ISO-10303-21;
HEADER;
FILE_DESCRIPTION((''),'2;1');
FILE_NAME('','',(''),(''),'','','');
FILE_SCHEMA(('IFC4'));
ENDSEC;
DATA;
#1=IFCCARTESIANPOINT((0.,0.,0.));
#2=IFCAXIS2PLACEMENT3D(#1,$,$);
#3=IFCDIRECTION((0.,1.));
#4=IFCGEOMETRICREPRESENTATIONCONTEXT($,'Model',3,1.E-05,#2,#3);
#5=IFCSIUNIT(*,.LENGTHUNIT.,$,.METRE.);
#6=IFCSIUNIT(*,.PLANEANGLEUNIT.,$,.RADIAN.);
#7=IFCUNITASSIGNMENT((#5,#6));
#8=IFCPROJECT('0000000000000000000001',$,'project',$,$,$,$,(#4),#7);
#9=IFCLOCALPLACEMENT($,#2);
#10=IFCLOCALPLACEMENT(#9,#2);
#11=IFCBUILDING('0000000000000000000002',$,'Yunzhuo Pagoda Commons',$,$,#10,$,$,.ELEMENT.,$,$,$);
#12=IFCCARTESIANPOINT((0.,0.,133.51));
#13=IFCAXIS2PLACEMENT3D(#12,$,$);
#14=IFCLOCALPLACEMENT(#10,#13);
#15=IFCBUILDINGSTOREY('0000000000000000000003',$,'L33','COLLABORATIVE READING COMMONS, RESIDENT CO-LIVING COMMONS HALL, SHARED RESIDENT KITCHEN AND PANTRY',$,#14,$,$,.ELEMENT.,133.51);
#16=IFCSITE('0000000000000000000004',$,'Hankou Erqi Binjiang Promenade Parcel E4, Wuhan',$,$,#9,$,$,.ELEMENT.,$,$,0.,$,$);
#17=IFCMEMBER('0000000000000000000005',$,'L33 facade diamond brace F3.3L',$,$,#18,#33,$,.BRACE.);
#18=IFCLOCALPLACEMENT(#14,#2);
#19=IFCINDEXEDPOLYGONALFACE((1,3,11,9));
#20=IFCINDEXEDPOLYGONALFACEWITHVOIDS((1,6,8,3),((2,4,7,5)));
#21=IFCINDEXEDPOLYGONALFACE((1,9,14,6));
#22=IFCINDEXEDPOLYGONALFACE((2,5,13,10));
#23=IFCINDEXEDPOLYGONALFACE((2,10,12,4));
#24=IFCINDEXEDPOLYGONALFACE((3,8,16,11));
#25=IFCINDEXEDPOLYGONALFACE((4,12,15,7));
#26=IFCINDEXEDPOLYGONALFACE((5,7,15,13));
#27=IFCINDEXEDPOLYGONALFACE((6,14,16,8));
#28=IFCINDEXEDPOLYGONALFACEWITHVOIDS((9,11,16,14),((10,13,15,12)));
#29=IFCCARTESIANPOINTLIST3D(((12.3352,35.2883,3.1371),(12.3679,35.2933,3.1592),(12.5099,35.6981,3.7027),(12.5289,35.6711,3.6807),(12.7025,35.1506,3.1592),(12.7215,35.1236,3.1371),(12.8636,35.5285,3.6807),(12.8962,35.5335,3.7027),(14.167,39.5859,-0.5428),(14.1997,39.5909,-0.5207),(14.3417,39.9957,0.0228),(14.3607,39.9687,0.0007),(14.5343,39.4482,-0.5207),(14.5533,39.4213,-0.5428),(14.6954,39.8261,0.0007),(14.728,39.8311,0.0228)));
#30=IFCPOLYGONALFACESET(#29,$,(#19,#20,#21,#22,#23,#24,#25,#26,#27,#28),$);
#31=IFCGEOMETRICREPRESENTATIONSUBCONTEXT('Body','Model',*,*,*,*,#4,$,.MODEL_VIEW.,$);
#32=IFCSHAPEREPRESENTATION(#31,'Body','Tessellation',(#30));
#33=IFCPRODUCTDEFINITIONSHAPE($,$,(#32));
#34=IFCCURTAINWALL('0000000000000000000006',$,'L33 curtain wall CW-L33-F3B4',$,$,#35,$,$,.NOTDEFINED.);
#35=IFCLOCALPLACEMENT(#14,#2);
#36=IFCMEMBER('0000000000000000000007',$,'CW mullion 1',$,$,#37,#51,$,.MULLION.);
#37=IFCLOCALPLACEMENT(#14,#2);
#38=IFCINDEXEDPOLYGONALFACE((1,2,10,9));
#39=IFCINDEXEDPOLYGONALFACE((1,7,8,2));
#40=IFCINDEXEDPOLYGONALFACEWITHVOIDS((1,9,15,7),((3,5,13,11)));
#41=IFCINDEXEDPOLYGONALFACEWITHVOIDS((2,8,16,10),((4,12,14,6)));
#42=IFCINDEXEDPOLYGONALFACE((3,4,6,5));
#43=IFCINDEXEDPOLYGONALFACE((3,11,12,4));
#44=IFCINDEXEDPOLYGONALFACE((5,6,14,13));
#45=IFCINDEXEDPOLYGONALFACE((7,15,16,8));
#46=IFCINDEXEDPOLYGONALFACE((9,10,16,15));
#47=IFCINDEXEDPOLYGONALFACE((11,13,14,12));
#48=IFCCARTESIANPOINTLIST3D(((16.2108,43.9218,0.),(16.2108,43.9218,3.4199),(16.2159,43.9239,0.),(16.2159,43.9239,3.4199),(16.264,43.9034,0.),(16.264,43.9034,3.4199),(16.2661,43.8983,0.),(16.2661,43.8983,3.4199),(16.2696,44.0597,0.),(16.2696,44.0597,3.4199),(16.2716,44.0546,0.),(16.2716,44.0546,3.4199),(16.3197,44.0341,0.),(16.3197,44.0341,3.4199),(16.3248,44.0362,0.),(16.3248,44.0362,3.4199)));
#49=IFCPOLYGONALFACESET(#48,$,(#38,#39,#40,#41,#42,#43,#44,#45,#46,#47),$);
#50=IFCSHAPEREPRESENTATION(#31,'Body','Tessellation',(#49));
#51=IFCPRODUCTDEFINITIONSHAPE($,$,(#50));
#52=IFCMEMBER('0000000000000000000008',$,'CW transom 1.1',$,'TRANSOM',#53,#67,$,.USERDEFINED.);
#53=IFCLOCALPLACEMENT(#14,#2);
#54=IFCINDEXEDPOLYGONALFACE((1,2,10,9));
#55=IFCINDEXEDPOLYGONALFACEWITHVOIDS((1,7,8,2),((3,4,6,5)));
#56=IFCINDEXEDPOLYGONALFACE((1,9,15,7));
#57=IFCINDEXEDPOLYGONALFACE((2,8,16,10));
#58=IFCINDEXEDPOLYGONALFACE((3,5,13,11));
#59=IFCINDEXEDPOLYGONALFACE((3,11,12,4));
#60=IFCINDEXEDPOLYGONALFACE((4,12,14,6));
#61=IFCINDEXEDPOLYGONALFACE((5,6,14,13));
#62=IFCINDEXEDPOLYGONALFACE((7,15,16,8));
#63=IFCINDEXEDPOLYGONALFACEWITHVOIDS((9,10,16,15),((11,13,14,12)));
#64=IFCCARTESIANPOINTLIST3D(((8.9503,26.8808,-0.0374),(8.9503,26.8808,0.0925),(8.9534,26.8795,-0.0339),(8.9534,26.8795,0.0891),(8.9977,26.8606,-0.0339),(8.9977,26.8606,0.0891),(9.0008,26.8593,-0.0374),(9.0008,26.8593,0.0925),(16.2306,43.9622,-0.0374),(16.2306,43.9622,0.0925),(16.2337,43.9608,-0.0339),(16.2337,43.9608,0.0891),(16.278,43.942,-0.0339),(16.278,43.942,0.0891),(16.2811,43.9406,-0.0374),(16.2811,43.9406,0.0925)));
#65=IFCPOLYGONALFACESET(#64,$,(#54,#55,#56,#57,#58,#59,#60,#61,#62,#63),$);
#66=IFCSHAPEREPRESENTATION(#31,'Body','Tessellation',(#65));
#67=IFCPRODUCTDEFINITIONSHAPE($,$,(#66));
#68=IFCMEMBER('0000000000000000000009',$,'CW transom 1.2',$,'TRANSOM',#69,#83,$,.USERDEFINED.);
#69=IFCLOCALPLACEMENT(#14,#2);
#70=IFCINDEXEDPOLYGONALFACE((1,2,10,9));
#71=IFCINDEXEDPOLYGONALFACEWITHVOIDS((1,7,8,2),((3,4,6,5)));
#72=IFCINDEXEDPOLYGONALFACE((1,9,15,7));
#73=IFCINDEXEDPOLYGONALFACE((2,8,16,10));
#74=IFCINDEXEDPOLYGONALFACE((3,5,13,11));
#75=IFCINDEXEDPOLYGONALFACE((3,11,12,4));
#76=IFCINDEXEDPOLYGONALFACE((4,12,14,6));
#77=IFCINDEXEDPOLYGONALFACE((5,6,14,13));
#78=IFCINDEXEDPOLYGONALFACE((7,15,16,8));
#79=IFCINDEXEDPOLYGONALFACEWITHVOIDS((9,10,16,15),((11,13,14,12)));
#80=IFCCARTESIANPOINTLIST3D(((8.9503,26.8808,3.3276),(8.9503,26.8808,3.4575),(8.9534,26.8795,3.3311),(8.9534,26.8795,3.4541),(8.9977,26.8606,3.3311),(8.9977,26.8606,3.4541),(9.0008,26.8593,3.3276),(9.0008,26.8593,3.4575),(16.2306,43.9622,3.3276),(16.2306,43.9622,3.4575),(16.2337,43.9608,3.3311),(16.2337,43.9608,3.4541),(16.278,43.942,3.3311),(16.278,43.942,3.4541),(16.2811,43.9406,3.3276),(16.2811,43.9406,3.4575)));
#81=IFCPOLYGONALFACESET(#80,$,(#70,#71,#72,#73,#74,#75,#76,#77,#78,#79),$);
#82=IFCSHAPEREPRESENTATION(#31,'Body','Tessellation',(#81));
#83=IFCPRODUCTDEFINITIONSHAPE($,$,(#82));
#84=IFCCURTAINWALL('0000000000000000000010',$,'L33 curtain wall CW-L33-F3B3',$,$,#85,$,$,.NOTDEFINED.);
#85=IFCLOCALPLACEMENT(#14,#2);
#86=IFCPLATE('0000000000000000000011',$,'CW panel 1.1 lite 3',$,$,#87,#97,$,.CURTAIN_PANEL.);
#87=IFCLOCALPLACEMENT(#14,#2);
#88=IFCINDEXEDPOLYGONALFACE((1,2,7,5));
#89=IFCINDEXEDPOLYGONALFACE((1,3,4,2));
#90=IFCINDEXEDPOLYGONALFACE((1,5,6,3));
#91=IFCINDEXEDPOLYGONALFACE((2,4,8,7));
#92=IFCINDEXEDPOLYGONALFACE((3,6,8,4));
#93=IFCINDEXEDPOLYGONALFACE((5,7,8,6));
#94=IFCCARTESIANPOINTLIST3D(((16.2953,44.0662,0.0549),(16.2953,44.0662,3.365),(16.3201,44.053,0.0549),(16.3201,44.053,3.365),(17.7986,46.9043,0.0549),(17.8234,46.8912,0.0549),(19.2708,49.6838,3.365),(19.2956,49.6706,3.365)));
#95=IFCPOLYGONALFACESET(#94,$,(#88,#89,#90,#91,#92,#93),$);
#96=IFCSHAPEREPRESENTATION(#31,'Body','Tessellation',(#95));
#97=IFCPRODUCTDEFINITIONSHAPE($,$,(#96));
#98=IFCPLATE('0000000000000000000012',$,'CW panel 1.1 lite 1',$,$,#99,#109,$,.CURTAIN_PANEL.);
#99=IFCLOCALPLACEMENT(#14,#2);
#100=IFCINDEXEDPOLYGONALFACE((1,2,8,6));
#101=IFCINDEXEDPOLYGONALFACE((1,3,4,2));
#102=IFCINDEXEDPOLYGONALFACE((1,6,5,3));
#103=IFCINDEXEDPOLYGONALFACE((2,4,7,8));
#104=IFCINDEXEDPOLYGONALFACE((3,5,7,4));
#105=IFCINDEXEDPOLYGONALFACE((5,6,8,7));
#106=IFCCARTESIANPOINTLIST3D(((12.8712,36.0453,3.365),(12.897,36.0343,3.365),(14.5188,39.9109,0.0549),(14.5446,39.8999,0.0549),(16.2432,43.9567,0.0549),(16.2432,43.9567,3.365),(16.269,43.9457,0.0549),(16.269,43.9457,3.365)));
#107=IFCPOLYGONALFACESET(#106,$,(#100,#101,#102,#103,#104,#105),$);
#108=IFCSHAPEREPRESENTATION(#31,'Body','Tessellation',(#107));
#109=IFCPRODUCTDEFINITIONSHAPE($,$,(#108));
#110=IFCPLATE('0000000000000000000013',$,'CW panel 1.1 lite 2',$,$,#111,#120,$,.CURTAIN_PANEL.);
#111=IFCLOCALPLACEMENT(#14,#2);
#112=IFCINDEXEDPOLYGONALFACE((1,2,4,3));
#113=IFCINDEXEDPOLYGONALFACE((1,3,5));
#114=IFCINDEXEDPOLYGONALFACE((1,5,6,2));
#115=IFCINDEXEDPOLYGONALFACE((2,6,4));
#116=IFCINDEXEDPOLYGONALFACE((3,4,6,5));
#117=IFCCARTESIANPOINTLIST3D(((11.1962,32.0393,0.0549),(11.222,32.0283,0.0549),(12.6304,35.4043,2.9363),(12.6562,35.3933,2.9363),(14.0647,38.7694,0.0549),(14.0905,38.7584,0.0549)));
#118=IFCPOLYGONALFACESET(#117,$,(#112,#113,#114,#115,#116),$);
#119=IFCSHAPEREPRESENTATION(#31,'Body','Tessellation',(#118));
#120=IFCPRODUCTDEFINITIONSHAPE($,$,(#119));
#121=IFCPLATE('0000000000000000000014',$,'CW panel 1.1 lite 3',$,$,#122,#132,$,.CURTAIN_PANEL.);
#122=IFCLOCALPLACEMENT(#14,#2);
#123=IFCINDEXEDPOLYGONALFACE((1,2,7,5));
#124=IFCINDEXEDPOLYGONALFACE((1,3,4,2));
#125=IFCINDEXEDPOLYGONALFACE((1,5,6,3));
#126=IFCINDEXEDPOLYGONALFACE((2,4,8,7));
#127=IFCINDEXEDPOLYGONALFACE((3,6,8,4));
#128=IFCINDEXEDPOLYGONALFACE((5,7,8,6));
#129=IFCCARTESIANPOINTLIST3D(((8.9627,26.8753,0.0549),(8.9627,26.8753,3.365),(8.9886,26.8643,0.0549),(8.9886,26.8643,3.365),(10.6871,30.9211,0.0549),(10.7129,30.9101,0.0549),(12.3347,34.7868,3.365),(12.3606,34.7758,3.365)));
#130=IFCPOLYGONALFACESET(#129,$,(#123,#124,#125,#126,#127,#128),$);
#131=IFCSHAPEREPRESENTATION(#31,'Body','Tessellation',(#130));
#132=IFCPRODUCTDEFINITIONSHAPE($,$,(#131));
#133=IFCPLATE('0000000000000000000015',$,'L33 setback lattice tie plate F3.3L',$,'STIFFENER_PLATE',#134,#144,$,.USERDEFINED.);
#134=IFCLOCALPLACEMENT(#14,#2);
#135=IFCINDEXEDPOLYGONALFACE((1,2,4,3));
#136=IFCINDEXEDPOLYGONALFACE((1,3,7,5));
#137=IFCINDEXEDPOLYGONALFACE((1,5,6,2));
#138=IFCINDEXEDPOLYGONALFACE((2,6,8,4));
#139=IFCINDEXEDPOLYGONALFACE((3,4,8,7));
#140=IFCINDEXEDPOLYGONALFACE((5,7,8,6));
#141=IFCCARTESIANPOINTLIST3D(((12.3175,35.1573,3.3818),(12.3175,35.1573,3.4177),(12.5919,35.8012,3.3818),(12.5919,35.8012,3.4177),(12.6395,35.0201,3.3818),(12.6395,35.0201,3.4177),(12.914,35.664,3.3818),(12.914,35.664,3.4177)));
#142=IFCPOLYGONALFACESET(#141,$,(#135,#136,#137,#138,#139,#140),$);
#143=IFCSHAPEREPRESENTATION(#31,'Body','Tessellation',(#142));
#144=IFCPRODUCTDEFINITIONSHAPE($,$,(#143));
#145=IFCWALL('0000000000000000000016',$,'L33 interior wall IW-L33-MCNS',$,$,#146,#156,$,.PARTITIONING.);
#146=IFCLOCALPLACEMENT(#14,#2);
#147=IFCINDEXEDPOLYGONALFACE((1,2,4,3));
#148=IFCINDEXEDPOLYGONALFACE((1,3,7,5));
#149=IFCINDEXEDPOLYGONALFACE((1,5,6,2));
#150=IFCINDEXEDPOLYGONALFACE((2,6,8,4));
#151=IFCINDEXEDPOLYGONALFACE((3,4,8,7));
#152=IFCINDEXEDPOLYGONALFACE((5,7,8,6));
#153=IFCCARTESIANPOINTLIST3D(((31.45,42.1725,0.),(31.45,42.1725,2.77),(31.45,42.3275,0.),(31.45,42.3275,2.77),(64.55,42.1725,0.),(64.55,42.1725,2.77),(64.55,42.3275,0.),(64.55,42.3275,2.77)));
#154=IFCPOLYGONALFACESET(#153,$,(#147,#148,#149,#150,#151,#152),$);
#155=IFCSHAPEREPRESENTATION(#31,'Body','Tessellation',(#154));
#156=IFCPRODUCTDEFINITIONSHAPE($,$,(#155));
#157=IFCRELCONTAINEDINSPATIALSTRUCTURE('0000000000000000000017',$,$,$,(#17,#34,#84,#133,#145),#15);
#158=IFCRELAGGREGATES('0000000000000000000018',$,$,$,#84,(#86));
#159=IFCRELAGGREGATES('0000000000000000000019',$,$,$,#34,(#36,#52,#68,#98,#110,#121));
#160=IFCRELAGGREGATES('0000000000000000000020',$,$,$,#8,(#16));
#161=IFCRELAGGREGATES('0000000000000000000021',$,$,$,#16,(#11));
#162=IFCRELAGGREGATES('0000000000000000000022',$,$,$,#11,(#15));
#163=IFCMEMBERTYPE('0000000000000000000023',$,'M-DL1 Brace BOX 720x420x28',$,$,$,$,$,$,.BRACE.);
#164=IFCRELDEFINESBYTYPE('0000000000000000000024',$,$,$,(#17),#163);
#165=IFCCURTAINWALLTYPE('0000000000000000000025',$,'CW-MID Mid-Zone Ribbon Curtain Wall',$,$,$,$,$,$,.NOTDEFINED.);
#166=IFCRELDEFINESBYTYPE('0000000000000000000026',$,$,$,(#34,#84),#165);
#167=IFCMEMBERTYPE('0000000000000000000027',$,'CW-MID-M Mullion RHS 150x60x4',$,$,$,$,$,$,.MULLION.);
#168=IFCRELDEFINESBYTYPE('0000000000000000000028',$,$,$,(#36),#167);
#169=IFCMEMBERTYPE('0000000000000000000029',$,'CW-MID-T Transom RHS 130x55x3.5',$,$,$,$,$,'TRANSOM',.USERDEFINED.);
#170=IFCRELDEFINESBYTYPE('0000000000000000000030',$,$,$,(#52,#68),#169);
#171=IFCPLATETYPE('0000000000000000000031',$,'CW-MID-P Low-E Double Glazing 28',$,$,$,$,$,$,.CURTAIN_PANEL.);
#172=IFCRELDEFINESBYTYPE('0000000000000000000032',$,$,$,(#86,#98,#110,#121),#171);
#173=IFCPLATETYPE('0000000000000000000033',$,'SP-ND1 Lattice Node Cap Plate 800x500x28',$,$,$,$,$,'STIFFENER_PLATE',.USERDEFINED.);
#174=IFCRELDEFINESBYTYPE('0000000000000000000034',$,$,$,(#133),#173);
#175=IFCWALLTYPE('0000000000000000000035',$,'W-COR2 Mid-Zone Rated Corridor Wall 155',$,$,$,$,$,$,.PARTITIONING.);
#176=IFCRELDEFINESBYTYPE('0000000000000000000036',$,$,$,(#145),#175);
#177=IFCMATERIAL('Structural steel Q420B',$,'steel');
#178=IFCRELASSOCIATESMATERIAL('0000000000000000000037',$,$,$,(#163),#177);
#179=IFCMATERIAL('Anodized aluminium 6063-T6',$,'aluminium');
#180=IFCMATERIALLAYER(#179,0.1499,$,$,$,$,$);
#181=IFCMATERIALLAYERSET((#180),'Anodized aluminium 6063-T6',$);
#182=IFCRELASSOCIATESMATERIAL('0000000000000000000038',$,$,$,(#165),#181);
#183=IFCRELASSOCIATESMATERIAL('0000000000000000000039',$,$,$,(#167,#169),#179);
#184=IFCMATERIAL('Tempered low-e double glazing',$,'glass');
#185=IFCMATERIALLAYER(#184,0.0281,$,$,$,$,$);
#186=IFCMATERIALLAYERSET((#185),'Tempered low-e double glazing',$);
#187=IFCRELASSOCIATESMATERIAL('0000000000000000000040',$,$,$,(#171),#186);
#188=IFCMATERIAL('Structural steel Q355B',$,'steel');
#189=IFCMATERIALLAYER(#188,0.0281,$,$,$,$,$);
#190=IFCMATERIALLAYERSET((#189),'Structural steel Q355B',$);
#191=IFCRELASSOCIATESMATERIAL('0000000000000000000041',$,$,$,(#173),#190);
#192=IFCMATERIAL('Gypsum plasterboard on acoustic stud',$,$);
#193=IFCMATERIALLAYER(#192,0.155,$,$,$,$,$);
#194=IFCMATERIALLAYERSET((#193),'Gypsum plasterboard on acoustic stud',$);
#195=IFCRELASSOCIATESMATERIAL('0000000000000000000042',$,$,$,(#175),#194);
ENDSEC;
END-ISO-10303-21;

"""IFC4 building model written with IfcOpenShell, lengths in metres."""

from ifc_helpers import new_model, si_unit, direction, frame, frame_2d, origin, origin_2d, place, context, subcontext, project, spatial, polyline, rectangle, hollow_rectangle, outline, extrude, source, transform, mapped, material, layer, layer_set, material_profile, profile_set, type_object, element, aggregate, save


model = new_model("IFC4")

# Units and contexts
model_context = context("Model", 3, precision=1e-05, world=origin(), true_north=direction((0.0, 1.0)))
body_context = subcontext(model_context, "Body", "Model", "MODEL_VIEW")
ifc_project = project(units=[si_unit("LENGTHUNIT", "METRE"), si_unit("PLANEANGLEUNIT", "RADIAN")], contexts=[model_context])

# Site, building, storey
site_placement = place(None, origin())
site = spatial("IfcSite", under=ifc_project, at=site_placement, Name="Hankou Erqi Binjiang Promenade Parcel E4, Wuhan", CompositionType="ELEMENT", RefElevation=0.0)
building_placement = place(site_placement, origin())
building = spatial("IfcBuilding", under=site, at=building_placement, Name="Yunzhuo Pagoda Commons", CompositionType="ELEMENT")
storey_placement = place(building_placement, frame((0.0, 0.0, 133.51)))
storey = spatial("IfcBuildingStorey", under=building, at=storey_placement, Name="L33", Description="COLLABORATIVE READING COMMONS, RESIDENT CO-LIVING COMMONS HALL, SHARED RESIDENT KITCHEN AND PANTRY", CompositionType="ELEMENT", Elevation=133.51)

# Shared definitions
ifc_material_1 = material(Name="Structural steel Q420B", Category="steel")

# Shared definitions
ifc_material_2 = material(Name="Structural steel Q355B", Category="steel")

# Member
ifc_material_profile_1 = material_profile(ifc_material_1, hollow_rectangle(XDim=0.4199, YDim=0.72, WallThickness=0.0281, at=origin_2d()), Name="Structural steel Q420B")
ifc_profile_set_1 = profile_set([ifc_material_profile_1], Name="Structural steel Q420B")
member_type_1 = type_object("IfcMemberType", Name="M-DL1 Brace BOX 720x420x28", PredefinedType="BRACE", material=ifc_profile_set_1)
shared_shape_1 = source(origin(), body_context, "Body", "SweptSolid", [
    extrude(hollow_rectangle(XDim=0.4199, YDim=0.72, WallThickness=0.0281, at=origin_2d()), origin(), (0.0, 0.0, 1.0), 5.947),
])
member_1_placement = place(storey_placement, frame((14.4475, 39.7085, -0.26), z_axis=(-0.308019, -0.722652, 0.618788), x_axis=(0.919922, -0.392102, 0.0)))
element("IfcMember", 1, at=member_1_placement, inside=storey, type_object=member_type_1, Name="L33 facade diamond brace F3.3L", PredefinedType="BRACE", context=body_context, shape_type="MappedRepresentation", body=[
    mapped(shared_shape_1, transform((0.0, 0.0, 0.0), scale=1.0)),
])

# Curtain wall, members
ifc_material_3 = material(Name="Anodized aluminium 6063-T6", Category="aluminium")
ifc_layer_1 = layer(ifc_material_3, 0.1499)
ifc_layer_set_1 = layer_set([ifc_layer_1], Name="Anodized aluminium 6063-T6")
curtain_wall_type = type_object("IfcCurtainWallType", Name="CW-MID Mid-Zone Ribbon Curtain Wall", PredefinedType="NOTDEFINED", material=ifc_layer_set_1)
curtain_wall_1_placement = place(storey_placement, origin())
curtain_wall_1 = element("IfcCurtainWall", 2, at=curtain_wall_1_placement, inside=storey, type_object=curtain_wall_type, Name="L33 curtain wall CW-L33-F3B4", PredefinedType="NOTDEFINED")
ifc_material_profile_2 = material_profile(ifc_material_3, hollow_rectangle(XDim=0.0601, YDim=0.1499, WallThickness=0.0039, at=origin_2d()), Name="Anodized aluminium 6063-T6")
ifc_profile_set_2 = profile_set([ifc_material_profile_2], Name="Anodized aluminium 6063-T6")
member_type_2 = type_object("IfcMemberType", Name="CW-MID-M Mullion RHS 150x60x4", PredefinedType="MULLION", material=ifc_profile_set_2)
shared_shape_2 = source(origin(), body_context, "Body", "SweptSolid", [
    extrude(hollow_rectangle(XDim=0.0601, YDim=0.1499, WallThickness=0.0039, at=origin_2d()), origin(), (0.0, 0.0, 1.0), 3.4199),
])
member_2_placement = place(storey_placement, frame((16.2678, 43.979, 0.0), z_axis=(0.0, 0.0, 1.0), x_axis=(0.919928, -0.392087, 0.0)))
member_2 = element("IfcMember", 3, at=member_2_placement, type_object=member_type_2, Name="CW mullion 1", PredefinedType="MULLION", context=body_context, shape_type="MappedRepresentation", body=[
    mapped(shared_shape_2, transform((0.0, 0.0, 0.0), scale=1.0)),
])
ifc_material_profile_3 = material_profile(ifc_material_3, hollow_rectangle(XDim=0.0549, YDim=0.1299, WallThickness=0.0034, at=origin_2d()), Name="Anodized aluminium 6063-T6")
ifc_profile_set_3 = profile_set([ifc_material_profile_3], Name="Anodized aluminium 6063-T6")
member_type_3 = type_object("IfcMemberType", Name="CW-MID-T Transom RHS 130x55x3.5", ElementType="TRANSOM", PredefinedType="USERDEFINED", material=ifc_profile_set_3)
shared_shape_3 = source(origin(), body_context, "Body", "SweptSolid", [
    extrude(hollow_rectangle(XDim=0.0549, YDim=0.1299, WallThickness=0.0034, at=origin_2d()), origin(), (0.0, 0.0, 1.0), 18.5681),
])
member_3_placement = place(storey_placement, frame((16.2559, 43.9514, 0.0276), z_axis=(-0.392086, -0.919929, 0.0), x_axis=(0.919929, -0.392086, 0.0)))
member_3 = element("IfcMember", 4, at=member_3_placement, type_object=member_type_3, Name="CW transom 1.1", ObjectType="TRANSOM", PredefinedType="USERDEFINED", context=body_context, shape_type="MappedRepresentation", body=[
    mapped(shared_shape_3, transform((0.0, 0.0, 0.0), scale=1.0)),
])
member_4_placement = place(storey_placement, frame((16.2559, 43.9514, 3.3926), z_axis=(-0.392086, -0.919929, 0.0), x_axis=(0.919929, -0.392086, 0.0)))
member_4 = element("IfcMember", 5, at=member_4_placement, type_object=member_type_3, Name="CW transom 1.2", ObjectType="TRANSOM", PredefinedType="USERDEFINED", context=body_context, shape_type="MappedRepresentation", body=[
    mapped(shared_shape_3, transform((0.0, 0.0, 0.0), scale=1.0)),
])

# Curtain wall, plate
curtain_wall_2_placement = place(storey_placement, origin())
curtain_wall_2 = element("IfcCurtainWall", 6, at=curtain_wall_2_placement, inside=storey, type_object=curtain_wall_type, Name="L33 curtain wall CW-L33-F3B3", PredefinedType="NOTDEFINED")
ifc_material_4 = material(Name="Tempered low-e double glazing", Category="glass")
ifc_layer_2 = layer(ifc_material_4, 0.0281)
ifc_layer_set_2 = layer_set([ifc_layer_2], Name="Tempered low-e double glazing")
plate_type_1 = type_object("IfcPlateType", Name="CW-MID-P Low-E Double Glazing 28", PredefinedType="CURTAIN_PANEL", material=ifc_layer_set_2)
plate_1_placement = place(storey_placement, frame((17.8079, 46.8618, 1.71), z_axis=(-0.883694, 0.468065, 0.0), x_axis=(-0.468065, -0.883694, 0.0)))
plate_1 = element("IfcPlate", 7, at=plate_1_placement, type_object=plate_type_1, Name="CW panel 1.1 lite 3", PredefinedType="CURTAIN_PANEL", context=body_context, shape_type="SweptSolid", body=[
    extrude(outline(polyline([(-3.1785, 1.655), (-0.0332, -1.655), (3.1785, -1.655), (3.1785, 1.655), (-3.1785, 1.655)])), origin(), (0.0, 0.0, 1.0), 0.0281),
])
aggregate(curtain_wall_2, [plate_1])

# Plates
plate_2_placement = place(storey_placement, frame((14.583, 39.99, 1.71), z_axis=(-0.919928, 0.392087, 0.0), x_axis=(-0.392087, -0.919928, 0.0)))
plate_2 = element("IfcPlate", 8, at=plate_2_placement, type_object=plate_type_1, Name="CW panel 1.1 lite 1", PredefinedType="CURTAIN_PANEL", context=body_context, shape_type="SweptSolid", body=[
    extrude(outline(polyline([(-4.3, -1.655), (0.0979, -1.655), (4.3, 1.655), (-4.3, 1.655), (-4.3, -1.655)])), origin(), (0.0, 0.0, 1.0), 0.0281),
])
plate_3_placement = place(storey_placement, frame((12.6562, 35.3933, 1.4956), z_axis=(-0.919928, 0.392087, 0.0), x_axis=(-0.392087, -0.919928, 0.0)))
plate_3 = element("IfcPlate", 9, at=plate_3_placement, type_object=plate_type_1, Name="CW panel 1.1 lite 2", PredefinedType="CURTAIN_PANEL", context=body_context, shape_type="SweptSolid", body=[
    extrude(outline(polyline([(-3.658, -1.4407), (3.658, -1.4407), (0.0, 1.4407), (-3.658, -1.4407)])), origin(), (0.0, 0.0, 1.0), 0.0281),
])
plate_4_placement = place(storey_placement, frame((10.6746, 30.8201, 1.71), z_axis=(-0.919928, 0.392087, 0.0), x_axis=(-0.392087, -0.919928, 0.0)))
plate_4 = element("IfcPlate", 10, at=plate_4_placement, type_object=plate_type_1, Name="CW panel 1.1 lite 3", PredefinedType="CURTAIN_PANEL", context=body_context, shape_type="SweptSolid", body=[
    extrude(outline(polyline([(-4.3, 1.655), (-0.0979, -1.655), (4.3, -1.655), (4.3, 1.655), (-4.3, 1.655)])), origin(), (0.0, 0.0, 1.0), 0.0281),
])
aggregate(curtain_wall_1, [member_2, member_3, member_4, plate_2, plate_3, plate_4])
ifc_layer_3 = layer(ifc_material_2, 0.0281)
ifc_layer_set_3 = layer_set([ifc_layer_3], Name="Structural steel Q355B")
plate_type_2 = type_object("IfcPlateType", Name="SP-ND1 Lattice Node Cap Plate 800x500x28", ElementType="STIFFENER_PLATE", PredefinedType="USERDEFINED", material=ifc_layer_set_3)
shared_shape_4 = source(origin(), body_context, "Body", "SweptSolid", [
    extrude(rectangle(XDim=0.7, YDim=0.3501, at=origin_2d()), origin(), (0.0, 0.0, 1.0), 0.0359),
])
plate_5_placement = place(storey_placement, frame((12.6157, 35.4106, 3.3818), z_axis=(0.0, 0.0, 1.0), x_axis=(-0.39208, -0.919931, 0.0)))
element("IfcPlate", 11, at=plate_5_placement, inside=storey, type_object=plate_type_2, Name="L33 setback lattice tie plate F3.3L", ObjectType="STIFFENER_PLATE", PredefinedType="USERDEFINED", context=body_context, shape_type="MappedRepresentation", body=[
    mapped(shared_shape_4, transform((0.0, 0.0, 0.0), scale=1.0)),
])

# Wall
ifc_material_5 = material(Name="Gypsum plasterboard on acoustic stud")
ifc_layer_4 = layer(ifc_material_5, 0.155)
ifc_layer_set_4 = layer_set([ifc_layer_4], Name="Gypsum plasterboard on acoustic stud")
wall_type_1 = type_object("IfcWallType", Name="W-COR2 Mid-Zone Rated Corridor Wall 155", PredefinedType="PARTITIONING", material=ifc_layer_set_4)
wall_1_placement = place(storey_placement, frame((31.45, 42.25, 0.0), z_axis=(0.0, 0.0, 1.0), x_axis=(1.0, 0.0, 0.0)))
element("IfcWall", 12, at=wall_1_placement, inside=storey, type_object=wall_type_1, Name="L33 interior wall IW-L33-MCNS", PredefinedType="PARTITIONING", context=body_context, shape_type="SweptSolid", body=[
    extrude(rectangle(XDim=33.1001, YDim=0.155, at=frame_2d((16.55, 0.0))), origin(), (0.0, 0.0, 1.0), 2.77),
])

save(model, "model.ifc")
